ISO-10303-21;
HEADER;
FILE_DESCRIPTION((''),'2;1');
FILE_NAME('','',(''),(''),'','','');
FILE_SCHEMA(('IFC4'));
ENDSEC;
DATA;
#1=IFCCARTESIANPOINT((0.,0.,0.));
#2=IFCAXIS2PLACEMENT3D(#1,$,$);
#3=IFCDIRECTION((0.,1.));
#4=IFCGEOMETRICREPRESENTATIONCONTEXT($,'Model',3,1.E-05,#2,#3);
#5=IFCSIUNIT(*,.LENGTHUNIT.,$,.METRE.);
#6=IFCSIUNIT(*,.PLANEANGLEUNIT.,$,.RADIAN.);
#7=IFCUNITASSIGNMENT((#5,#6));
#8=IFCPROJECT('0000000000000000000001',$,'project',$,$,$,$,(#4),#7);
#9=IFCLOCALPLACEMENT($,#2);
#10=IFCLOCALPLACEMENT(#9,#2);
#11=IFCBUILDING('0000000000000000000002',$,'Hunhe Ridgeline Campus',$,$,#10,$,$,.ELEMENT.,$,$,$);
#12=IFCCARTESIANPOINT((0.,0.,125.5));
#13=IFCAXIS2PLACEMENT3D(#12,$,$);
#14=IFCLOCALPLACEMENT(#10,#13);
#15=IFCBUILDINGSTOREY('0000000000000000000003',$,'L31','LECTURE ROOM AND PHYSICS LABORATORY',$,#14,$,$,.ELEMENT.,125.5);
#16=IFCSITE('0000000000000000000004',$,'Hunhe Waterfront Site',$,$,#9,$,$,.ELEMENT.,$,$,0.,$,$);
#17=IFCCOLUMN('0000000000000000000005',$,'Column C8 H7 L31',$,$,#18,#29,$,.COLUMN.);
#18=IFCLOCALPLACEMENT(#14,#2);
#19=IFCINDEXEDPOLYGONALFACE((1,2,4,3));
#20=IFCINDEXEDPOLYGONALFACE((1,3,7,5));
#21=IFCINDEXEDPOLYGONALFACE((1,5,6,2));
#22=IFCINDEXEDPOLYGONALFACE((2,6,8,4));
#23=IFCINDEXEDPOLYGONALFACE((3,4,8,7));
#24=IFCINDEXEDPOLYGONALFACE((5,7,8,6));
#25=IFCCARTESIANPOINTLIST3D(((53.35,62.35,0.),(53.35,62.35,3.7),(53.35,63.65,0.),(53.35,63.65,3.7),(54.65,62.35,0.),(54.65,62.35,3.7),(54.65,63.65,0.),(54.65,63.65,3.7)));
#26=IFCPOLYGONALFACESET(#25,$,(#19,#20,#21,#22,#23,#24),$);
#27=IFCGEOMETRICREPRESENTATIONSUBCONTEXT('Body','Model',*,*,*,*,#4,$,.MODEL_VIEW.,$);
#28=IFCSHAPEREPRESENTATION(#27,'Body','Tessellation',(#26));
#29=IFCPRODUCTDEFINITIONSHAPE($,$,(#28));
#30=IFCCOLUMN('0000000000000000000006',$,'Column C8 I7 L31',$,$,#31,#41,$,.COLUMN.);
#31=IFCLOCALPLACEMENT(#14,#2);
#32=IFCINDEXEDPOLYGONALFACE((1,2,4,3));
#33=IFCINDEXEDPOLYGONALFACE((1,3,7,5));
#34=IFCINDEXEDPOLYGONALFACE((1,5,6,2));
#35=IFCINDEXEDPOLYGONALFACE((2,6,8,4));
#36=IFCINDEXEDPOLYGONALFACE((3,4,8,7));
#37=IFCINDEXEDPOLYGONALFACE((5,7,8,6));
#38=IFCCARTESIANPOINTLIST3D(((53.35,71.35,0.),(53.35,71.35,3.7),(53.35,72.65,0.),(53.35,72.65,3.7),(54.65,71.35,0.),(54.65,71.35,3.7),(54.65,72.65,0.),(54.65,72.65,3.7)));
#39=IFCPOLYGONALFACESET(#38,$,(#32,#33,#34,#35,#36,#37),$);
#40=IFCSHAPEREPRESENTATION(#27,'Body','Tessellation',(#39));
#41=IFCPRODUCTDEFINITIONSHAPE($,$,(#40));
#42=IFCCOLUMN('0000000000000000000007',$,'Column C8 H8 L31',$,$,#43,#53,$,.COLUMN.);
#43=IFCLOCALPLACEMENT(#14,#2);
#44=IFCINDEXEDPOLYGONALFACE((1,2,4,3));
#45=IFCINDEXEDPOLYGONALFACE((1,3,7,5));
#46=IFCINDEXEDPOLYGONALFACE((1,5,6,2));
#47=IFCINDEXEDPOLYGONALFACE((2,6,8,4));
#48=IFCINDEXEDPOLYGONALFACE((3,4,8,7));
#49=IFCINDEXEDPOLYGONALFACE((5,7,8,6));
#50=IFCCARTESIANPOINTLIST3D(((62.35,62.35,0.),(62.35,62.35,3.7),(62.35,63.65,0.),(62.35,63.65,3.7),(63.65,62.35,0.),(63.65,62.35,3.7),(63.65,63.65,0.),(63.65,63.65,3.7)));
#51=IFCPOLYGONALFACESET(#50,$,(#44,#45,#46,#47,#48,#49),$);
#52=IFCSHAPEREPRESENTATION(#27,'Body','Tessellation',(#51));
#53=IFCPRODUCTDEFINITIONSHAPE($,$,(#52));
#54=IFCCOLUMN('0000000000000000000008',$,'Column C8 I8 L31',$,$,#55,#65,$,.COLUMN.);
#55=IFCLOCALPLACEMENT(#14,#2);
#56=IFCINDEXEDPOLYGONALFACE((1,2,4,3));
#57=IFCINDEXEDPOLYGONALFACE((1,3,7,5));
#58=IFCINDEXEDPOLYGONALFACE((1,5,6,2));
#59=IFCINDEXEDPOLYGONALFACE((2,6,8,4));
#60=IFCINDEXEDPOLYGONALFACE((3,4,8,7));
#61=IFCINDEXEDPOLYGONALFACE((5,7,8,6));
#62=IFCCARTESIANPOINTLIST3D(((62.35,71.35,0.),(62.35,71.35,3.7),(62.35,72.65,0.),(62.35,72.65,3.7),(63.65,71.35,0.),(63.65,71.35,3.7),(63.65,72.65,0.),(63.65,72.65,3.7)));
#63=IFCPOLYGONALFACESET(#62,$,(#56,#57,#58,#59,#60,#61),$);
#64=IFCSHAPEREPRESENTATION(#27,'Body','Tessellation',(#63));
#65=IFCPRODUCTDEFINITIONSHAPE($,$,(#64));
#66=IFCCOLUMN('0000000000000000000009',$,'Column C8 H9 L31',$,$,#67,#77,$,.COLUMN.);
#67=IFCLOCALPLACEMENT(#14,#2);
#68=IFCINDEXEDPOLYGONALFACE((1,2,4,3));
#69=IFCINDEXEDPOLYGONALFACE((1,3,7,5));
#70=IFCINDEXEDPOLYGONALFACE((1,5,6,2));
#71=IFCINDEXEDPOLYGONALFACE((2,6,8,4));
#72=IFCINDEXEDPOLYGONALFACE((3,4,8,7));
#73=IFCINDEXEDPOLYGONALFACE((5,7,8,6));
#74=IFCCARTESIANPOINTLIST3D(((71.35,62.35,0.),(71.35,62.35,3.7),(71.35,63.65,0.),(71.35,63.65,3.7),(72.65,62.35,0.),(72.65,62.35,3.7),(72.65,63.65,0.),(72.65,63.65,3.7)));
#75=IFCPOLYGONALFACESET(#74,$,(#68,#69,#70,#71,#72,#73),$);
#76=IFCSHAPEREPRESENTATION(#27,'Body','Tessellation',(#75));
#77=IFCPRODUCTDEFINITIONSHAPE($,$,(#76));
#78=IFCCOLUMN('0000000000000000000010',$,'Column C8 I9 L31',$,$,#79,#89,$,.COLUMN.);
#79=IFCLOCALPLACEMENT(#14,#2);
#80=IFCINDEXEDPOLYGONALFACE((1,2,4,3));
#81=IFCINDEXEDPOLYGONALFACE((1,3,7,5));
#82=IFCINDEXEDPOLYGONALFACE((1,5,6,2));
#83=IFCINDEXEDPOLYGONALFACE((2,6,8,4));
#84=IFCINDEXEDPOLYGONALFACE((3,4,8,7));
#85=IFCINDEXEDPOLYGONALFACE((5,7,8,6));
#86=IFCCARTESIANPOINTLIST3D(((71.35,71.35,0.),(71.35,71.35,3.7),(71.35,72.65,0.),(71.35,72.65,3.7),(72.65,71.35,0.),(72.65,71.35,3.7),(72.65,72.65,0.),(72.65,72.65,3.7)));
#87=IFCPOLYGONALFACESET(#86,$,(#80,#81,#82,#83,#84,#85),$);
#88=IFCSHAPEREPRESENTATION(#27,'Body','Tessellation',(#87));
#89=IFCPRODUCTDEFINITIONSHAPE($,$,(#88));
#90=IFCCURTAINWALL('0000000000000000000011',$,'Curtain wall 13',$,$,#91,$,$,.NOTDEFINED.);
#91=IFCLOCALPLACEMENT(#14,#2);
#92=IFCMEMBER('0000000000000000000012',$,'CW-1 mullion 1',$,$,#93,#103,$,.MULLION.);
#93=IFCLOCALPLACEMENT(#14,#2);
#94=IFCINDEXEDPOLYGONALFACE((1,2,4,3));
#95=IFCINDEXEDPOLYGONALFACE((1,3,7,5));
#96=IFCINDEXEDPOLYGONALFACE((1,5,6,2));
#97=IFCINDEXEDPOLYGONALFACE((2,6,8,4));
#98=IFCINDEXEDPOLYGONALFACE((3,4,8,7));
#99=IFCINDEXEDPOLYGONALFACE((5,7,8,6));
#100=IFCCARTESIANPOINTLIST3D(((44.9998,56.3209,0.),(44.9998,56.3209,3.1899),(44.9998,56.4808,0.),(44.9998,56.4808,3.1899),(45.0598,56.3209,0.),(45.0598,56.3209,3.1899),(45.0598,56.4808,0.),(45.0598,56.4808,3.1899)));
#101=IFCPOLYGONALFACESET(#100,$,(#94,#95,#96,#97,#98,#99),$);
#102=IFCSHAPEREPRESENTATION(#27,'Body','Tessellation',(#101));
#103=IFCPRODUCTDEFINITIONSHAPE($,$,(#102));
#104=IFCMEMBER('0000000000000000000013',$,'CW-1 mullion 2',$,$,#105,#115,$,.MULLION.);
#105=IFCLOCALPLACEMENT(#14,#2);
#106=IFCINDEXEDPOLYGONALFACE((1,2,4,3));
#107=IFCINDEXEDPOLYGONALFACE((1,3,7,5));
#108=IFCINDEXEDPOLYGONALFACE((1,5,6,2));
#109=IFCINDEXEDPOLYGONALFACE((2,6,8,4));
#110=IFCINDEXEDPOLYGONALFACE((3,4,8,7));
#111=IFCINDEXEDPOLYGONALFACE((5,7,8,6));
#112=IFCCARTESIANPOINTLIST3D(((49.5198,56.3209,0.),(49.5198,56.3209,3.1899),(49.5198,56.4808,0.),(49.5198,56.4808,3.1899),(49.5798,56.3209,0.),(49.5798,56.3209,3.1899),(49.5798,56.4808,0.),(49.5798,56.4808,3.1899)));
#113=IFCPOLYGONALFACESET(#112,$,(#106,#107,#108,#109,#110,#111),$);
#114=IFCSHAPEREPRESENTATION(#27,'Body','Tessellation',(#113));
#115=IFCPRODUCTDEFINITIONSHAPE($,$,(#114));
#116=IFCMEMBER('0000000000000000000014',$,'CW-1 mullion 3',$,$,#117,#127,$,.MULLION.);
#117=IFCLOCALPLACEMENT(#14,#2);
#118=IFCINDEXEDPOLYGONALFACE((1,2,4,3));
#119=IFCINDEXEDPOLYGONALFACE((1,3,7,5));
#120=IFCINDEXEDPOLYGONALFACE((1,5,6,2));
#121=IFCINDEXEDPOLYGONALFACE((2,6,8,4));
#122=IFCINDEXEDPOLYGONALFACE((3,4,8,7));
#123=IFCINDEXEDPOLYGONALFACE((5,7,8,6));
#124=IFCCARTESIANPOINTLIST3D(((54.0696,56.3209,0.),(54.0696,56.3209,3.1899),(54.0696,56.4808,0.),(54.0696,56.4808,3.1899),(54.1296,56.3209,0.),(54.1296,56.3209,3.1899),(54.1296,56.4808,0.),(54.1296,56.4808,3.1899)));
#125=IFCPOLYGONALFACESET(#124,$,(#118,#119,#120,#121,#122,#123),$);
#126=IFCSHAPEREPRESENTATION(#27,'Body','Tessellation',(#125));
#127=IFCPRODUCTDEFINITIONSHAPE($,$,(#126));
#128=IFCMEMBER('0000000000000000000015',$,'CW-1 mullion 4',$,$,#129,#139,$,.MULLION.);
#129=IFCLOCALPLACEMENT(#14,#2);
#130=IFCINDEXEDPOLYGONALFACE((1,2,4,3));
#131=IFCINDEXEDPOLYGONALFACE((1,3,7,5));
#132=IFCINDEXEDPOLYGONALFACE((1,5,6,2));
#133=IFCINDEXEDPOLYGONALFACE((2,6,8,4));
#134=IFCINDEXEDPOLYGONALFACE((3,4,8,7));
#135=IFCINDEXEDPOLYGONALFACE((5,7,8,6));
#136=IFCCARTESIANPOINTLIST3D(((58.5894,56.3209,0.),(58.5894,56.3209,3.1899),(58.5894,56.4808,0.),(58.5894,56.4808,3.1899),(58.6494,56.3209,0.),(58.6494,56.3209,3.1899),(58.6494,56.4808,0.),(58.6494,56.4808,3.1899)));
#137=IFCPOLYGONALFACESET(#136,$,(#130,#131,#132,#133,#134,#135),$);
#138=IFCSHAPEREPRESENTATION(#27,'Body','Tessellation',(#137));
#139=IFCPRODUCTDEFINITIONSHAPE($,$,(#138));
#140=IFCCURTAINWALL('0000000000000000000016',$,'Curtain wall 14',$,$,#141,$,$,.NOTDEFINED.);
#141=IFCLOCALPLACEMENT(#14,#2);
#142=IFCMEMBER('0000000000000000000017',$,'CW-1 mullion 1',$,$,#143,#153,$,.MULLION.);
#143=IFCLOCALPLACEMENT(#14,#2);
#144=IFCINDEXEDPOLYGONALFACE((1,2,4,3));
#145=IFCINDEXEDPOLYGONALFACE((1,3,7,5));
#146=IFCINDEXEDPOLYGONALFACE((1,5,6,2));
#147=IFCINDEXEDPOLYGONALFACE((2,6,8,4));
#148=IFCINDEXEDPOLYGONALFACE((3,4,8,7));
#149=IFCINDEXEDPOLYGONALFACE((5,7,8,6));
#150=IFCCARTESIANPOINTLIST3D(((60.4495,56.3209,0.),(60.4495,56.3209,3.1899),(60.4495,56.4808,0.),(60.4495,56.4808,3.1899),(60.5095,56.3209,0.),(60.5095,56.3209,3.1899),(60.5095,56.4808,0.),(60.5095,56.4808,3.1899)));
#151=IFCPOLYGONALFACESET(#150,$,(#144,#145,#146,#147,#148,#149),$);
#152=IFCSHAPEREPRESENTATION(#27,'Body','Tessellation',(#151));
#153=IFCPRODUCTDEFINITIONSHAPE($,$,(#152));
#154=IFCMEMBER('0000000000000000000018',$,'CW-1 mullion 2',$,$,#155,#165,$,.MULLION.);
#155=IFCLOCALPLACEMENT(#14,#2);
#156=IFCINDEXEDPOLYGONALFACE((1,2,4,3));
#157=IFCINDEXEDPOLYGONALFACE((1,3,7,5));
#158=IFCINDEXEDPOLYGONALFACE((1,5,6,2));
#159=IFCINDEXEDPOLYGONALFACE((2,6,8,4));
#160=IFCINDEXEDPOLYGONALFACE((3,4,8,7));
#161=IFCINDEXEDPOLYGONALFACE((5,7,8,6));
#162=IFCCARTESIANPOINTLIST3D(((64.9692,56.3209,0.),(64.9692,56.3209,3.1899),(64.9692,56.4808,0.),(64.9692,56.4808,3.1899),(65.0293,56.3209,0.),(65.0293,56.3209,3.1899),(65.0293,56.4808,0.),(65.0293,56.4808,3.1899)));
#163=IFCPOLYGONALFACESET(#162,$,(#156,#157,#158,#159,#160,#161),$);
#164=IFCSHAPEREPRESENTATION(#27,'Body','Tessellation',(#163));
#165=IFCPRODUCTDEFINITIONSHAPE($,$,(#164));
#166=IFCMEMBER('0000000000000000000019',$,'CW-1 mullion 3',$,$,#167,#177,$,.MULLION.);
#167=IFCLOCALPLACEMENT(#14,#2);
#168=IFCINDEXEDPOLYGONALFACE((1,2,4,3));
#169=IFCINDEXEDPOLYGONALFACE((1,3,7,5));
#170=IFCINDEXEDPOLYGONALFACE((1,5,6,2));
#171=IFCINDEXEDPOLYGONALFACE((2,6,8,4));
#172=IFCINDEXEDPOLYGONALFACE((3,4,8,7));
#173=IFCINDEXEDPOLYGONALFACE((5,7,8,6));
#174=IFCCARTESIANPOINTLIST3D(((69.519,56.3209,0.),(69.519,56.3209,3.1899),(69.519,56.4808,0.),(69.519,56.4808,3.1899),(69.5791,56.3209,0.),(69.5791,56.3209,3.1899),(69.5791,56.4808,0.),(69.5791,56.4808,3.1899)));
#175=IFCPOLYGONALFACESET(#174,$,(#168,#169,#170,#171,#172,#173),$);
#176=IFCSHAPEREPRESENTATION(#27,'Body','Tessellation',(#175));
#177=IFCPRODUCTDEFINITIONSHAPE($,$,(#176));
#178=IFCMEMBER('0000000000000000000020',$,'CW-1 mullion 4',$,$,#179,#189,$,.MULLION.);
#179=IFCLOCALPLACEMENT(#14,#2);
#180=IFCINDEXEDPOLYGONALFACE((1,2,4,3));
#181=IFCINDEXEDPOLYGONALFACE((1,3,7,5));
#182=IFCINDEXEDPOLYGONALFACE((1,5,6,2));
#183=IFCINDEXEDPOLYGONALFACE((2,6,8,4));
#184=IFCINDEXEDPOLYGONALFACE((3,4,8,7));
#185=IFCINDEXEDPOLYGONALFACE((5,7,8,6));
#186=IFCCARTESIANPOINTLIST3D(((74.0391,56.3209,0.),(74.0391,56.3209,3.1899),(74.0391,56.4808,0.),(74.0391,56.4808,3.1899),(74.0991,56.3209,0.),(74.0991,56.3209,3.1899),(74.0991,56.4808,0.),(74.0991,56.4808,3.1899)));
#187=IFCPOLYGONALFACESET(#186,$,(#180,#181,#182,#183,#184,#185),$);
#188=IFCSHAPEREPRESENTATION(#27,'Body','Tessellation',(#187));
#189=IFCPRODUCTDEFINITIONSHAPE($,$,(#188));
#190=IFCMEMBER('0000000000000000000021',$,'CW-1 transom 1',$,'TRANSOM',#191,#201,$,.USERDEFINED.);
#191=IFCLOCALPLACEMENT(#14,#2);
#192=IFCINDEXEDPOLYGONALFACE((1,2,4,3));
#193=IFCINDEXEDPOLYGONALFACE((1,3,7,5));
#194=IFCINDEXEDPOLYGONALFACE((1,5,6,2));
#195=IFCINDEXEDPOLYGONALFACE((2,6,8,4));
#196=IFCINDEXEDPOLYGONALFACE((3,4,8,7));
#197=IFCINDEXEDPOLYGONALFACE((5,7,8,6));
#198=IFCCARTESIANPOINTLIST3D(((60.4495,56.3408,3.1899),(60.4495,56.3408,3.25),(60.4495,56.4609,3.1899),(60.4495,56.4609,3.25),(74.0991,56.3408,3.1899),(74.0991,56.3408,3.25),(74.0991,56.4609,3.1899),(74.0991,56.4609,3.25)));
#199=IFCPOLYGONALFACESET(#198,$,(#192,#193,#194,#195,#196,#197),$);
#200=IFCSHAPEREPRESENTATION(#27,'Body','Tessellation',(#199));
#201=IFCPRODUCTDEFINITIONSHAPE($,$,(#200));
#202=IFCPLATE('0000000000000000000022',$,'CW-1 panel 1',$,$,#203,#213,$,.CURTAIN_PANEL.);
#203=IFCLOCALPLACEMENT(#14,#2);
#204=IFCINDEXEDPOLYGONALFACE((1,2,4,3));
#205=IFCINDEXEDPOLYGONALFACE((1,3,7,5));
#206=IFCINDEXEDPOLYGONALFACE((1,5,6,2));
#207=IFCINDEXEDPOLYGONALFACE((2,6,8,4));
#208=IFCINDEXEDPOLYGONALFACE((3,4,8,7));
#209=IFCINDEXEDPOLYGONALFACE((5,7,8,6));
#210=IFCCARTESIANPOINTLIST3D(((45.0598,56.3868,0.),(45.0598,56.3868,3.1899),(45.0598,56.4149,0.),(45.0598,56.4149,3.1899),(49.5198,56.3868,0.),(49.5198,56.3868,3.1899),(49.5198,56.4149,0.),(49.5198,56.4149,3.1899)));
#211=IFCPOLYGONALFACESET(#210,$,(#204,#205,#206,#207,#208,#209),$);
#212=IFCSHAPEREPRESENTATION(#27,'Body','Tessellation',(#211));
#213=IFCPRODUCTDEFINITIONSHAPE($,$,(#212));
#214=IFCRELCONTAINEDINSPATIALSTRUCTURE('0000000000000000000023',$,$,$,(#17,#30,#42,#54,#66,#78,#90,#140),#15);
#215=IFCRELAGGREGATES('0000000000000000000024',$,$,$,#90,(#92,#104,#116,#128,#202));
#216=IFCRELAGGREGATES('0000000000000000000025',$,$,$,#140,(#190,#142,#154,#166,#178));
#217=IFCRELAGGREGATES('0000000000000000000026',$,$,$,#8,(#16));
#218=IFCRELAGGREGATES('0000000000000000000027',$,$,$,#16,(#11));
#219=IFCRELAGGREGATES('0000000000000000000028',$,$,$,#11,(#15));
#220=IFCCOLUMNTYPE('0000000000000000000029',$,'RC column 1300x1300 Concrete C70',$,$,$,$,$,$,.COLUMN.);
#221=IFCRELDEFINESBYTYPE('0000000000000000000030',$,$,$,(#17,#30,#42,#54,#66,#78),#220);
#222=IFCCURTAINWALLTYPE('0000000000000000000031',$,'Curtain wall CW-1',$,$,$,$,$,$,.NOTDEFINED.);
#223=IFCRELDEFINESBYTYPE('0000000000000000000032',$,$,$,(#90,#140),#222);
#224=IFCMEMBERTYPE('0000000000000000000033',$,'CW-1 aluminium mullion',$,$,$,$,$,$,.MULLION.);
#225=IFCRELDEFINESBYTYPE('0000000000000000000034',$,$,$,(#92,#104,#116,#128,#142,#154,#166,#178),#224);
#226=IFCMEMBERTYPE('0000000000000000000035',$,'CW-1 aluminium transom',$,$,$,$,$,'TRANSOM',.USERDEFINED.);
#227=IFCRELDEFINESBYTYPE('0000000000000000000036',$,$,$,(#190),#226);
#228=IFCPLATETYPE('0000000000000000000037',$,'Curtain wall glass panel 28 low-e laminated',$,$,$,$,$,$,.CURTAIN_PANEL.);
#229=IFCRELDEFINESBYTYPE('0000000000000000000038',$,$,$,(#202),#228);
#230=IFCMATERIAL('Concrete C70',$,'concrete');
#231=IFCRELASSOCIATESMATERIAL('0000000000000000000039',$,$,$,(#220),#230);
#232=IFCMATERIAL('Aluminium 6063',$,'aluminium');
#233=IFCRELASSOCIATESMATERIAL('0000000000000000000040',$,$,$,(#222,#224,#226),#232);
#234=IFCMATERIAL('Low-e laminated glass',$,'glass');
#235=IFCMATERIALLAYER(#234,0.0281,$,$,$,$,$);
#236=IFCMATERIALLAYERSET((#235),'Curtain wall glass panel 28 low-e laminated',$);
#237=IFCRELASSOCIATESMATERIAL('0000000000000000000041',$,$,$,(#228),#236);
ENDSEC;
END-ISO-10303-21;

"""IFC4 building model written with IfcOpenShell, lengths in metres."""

from ifc_helpers import new_model, si_unit, direction, frame, origin, origin_2d, place, context, subcontext, project, spatial, rectangle, extrude, material, layer, layer_set, material_profile, profile_set, type_object, element, aggregate, save


model = new_model("IFC4")

# Units and contexts
model_context = context("Model", 3, precision=1e-05, world=origin(), true_north=direction((0.0, 1.0)))
body_context = subcontext(model_context, "Body", "Model", "MODEL_VIEW")
ifc_project = project(units=[si_unit("LENGTHUNIT", "METRE"), si_unit("PLANEANGLEUNIT", "RADIAN")], contexts=[model_context])

# Site, building, storey
site_placement = place(None, origin())
site = spatial("IfcSite", under=ifc_project, at=site_placement, Name="Hunhe Waterfront Site", CompositionType="ELEMENT", RefElevation=0.0)
building_placement = place(site_placement, origin())
building = spatial("IfcBuilding", under=site, at=building_placement, Name="Hunhe Ridgeline Campus", CompositionType="ELEMENT")
storey_placement = place(building_placement, frame((0.0, 0.0, 125.5)))
storey = spatial("IfcBuildingStorey", under=building, at=storey_placement, Name="L31", Description="LECTURE ROOM AND PHYSICS LABORATORY", CompositionType="ELEMENT", Elevation=125.5)

# Columns
ifc_material_1 = material(Name="Concrete C70", Category="concrete")
ifc_material_profile_1 = material_profile(ifc_material_1, rectangle(XDim=1.3, YDim=1.3, at=origin_2d()))
ifc_profile_set_1 = profile_set([ifc_material_profile_1], Name="Concrete C70")
column_type = type_object("IfcColumnType", Name="RC column 1300x1300 Concrete C70", PredefinedType="COLUMN", material=ifc_profile_set_1)
for number, where, z_axis, x_axis, name in (
    (1, (54.0, 63.0, 0.0), (0.0, 0.0, 1.0), (1.0, 0.0, 0.0), "Column C8 H7 L31"),
    (2, (54.0, 72.0, 0.0), (0.0, 0.0, 1.0), (1.0, 0.0, 0.0), "Column C8 I7 L31"),
    (3, (63.0, 63.0, 0.0), (0.0, 0.0, 1.0), (1.0, 0.0, 0.0), "Column C8 H8 L31"),
    (4, (63.0, 72.0, 0.0), (0.0, 0.0, 1.0), (1.0, 0.0, 0.0), "Column C8 I8 L31"),
    (5, (72.0, 63.0, 0.0), (0.0, 0.0, 1.0), (1.0, 0.0, 0.0), "Column C8 H9 L31"),
    (6, (72.0, 72.0, 0.0), (0.0, 0.0, 1.0), (1.0, 0.0, 0.0), "Column C8 I9 L31"),
):
    element("IfcColumn", number, at=place(storey_placement, frame(where, z_axis=z_axis, x_axis=x_axis)), inside=storey, type_object=column_type, Name=name, PredefinedType="COLUMN", context=body_context, shape_type="SweptSolid", body=[
        extrude(rectangle(XDim=1.3, YDim=1.3, at=origin_2d()), origin(), (0.0, 0.0, 1.0), 3.7),
    ])

# Curtain walls, members
ifc_material_2 = material(Name="Aluminium 6063", Category="aluminium")
curtain_wall_type = type_object("IfcCurtainWallType", Name="Curtain wall CW-1", PredefinedType="NOTDEFINED", material=ifc_material_2)
curtain_wall_1_placement = place(storey_placement, origin())
curtain_wall_1 = element("IfcCurtainWall", 7, at=curtain_wall_1_placement, inside=storey, type_object=curtain_wall_type, Name="Curtain wall 13", PredefinedType="NOTDEFINED")
ifc_material_profile_2 = material_profile(ifc_material_2, rectangle(XDim=0.1599, YDim=0.0601, at=origin_2d()))
ifc_profile_set_2 = profile_set([ifc_material_profile_2], Name="Aluminium 6063")
member_type_1 = type_object("IfcMemberType", Name="CW-1 aluminium mullion", PredefinedType="MULLION", material=ifc_profile_set_2)
member_1_placement = place(storey_placement, frame((45.0298, 56.4009, 0.0), z_axis=(0.0, 0.0, 1.0), x_axis=(0.0, 1.0, 0.0)))
member_1 = element("IfcMember", 8, at=member_1_placement, type_object=member_type_1, Name="CW-1 mullion 1", PredefinedType="MULLION", context=body_context, shape_type="SweptSolid", body=[
    extrude(rectangle(XDim=0.1599, YDim=0.0601, at=origin_2d()), origin(), (0.0, 0.0, 1.0), 3.1899),
])
member_2_placement = place(storey_placement, frame((49.5498, 56.4009, 0.0), z_axis=(0.0, 0.0, 1.0), x_axis=(0.0, 1.0, 0.0)))
member_2 = element("IfcMember", 9, at=member_2_placement, type_object=member_type_1, Name="CW-1 mullion 2", PredefinedType="MULLION", context=body_context, shape_type="SweptSolid", body=[
    extrude(rectangle(XDim=0.1599, YDim=0.0601, at=origin_2d()), origin(), (0.0, 0.0, 1.0), 3.1899),
])
member_3_placement = place(storey_placement, frame((54.0996, 56.4009, 0.0), z_axis=(0.0, 0.0, 1.0), x_axis=(0.0, 1.0, 0.0)))
member_3 = element("IfcMember", 10, at=member_3_placement, type_object=member_type_1, Name="CW-1 mullion 3", PredefinedType="MULLION", context=body_context, shape_type="SweptSolid", body=[
    extrude(rectangle(XDim=0.1599, YDim=0.0601, at=origin_2d()), origin(), (0.0, 0.0, 1.0), 3.1899),
])
member_4_placement = place(storey_placement, frame((58.6194, 56.4009, 0.0), z_axis=(0.0, 0.0, 1.0), x_axis=(0.0, 1.0, 0.0)))
member_4 = element("IfcMember", 11, at=member_4_placement, type_object=member_type_1, Name="CW-1 mullion 4", PredefinedType="MULLION", context=body_context, shape_type="SweptSolid", body=[
    extrude(rectangle(XDim=0.1599, YDim=0.0601, at=origin_2d()), origin(), (0.0, 0.0, 1.0), 3.1899),
])
curtain_wall_2_placement = place(storey_placement, origin())
curtain_wall_2 = element("IfcCurtainWall", 12, at=curtain_wall_2_placement, inside=storey, type_object=curtain_wall_type, Name="Curtain wall 14", PredefinedType="NOTDEFINED")
member_5_placement = place(storey_placement, frame((60.4795, 56.4009, 0.0), z_axis=(0.0, 0.0, 1.0), x_axis=(0.0, 1.0, 0.0)))
member_5 = element("IfcMember", 13, at=member_5_placement, type_object=member_type_1, Name="CW-1 mullion 1", PredefinedType="MULLION", context=body_context, shape_type="SweptSolid", body=[
    extrude(rectangle(XDim=0.1599, YDim=0.0601, at=origin_2d()), origin(), (0.0, 0.0, 1.0), 3.1899),
])
member_6_placement = place(storey_placement, frame((64.9993, 56.4009, 0.0), z_axis=(0.0, 0.0, 1.0), x_axis=(0.0, 1.0, 0.0)))
member_6 = element("IfcMember", 14, at=member_6_placement, type_object=member_type_1, Name="CW-1 mullion 2", PredefinedType="MULLION", context=body_context, shape_type="SweptSolid", body=[
    extrude(rectangle(XDim=0.1599, YDim=0.0601, at=origin_2d()), origin(), (0.0, 0.0, 1.0), 3.1899),
])
member_7_placement = place(storey_placement, frame((69.5491, 56.4009, 0.0), z_axis=(0.0, 0.0, 1.0), x_axis=(0.0, 1.0, 0.0)))
member_7 = element("IfcMember", 15, at=member_7_placement, type_object=member_type_1, Name="CW-1 mullion 3", PredefinedType="MULLION", context=body_context, shape_type="SweptSolid", body=[
    extrude(rectangle(XDim=0.1599, YDim=0.0601, at=origin_2d()), origin(), (0.0, 0.0, 1.0), 3.1899),
])
member_8_placement = place(storey_placement, frame((74.0691, 56.4009, 0.0), z_axis=(0.0, 0.0, 1.0), x_axis=(0.0, 1.0, 0.0)))
member_8 = element("IfcMember", 16, at=member_8_placement, type_object=member_type_1, Name="CW-1 mullion 4", PredefinedType="MULLION", context=body_context, shape_type="SweptSolid", body=[
    extrude(rectangle(XDim=0.1599, YDim=0.0601, at=origin_2d()), origin(), (0.0, 0.0, 1.0), 3.1899),
])
ifc_material_profile_3 = material_profile(ifc_material_2, rectangle(XDim=0.1201, YDim=0.0601, at=origin_2d()))
ifc_profile_set_3 = profile_set([ifc_material_profile_3], Name="Aluminium 6063")
member_type_2 = type_object("IfcMemberType", Name="CW-1 aluminium transom", ElementType="TRANSOM", PredefinedType="USERDEFINED", material=ifc_profile_set_3)
member_9_placement = place(storey_placement, frame((60.4495, 56.4009, 3.22), z_axis=(1.0, 0.0, 0.0), x_axis=(0.0, 1.0, 0.0)))
member_9 = element("IfcMember", 17, at=member_9_placement, type_object=member_type_2, Name="CW-1 transom 1", ObjectType="TRANSOM", PredefinedType="USERDEFINED", context=body_context, shape_type="SweptSolid", body=[
    extrude(rectangle(XDim=0.1201, YDim=0.0601, at=origin_2d()), origin(), (0.0, 0.0, 1.0), 13.6497),
])

# Plate
ifc_material_3 = material(Name="Low-e laminated glass", Category="glass")
ifc_layer_1 = layer(ifc_material_3, 0.0281)
ifc_layer_set_1 = layer_set([ifc_layer_1], Name="Curtain wall glass panel 28 low-e laminated")
plate_type = type_object("IfcPlateType", Name="Curtain wall glass panel 28 low-e laminated", PredefinedType="CURTAIN_PANEL", material=ifc_layer_set_1)
plate_1_placement = place(storey_placement, frame((47.2898, 56.4009, 0.0), z_axis=(0.0, 0.0, 1.0), x_axis=(1.0, 0.0, 0.0)))
plate_1 = element("IfcPlate", 18, at=plate_1_placement, type_object=plate_type, Name="CW-1 panel 1", PredefinedType="CURTAIN_PANEL", context=body_context, shape_type="SweptSolid", body=[
    extrude(rectangle(XDim=4.46, YDim=0.0281, at=origin_2d()), origin(), (0.0, 0.0, 1.0), 3.1899),
])
aggregate(curtain_wall_1, [member_1, member_2, member_3, member_4, plate_1])
aggregate(curtain_wall_2, [member_9, member_5, member_6, member_7, member_8])

save(model, "model.ifc")
